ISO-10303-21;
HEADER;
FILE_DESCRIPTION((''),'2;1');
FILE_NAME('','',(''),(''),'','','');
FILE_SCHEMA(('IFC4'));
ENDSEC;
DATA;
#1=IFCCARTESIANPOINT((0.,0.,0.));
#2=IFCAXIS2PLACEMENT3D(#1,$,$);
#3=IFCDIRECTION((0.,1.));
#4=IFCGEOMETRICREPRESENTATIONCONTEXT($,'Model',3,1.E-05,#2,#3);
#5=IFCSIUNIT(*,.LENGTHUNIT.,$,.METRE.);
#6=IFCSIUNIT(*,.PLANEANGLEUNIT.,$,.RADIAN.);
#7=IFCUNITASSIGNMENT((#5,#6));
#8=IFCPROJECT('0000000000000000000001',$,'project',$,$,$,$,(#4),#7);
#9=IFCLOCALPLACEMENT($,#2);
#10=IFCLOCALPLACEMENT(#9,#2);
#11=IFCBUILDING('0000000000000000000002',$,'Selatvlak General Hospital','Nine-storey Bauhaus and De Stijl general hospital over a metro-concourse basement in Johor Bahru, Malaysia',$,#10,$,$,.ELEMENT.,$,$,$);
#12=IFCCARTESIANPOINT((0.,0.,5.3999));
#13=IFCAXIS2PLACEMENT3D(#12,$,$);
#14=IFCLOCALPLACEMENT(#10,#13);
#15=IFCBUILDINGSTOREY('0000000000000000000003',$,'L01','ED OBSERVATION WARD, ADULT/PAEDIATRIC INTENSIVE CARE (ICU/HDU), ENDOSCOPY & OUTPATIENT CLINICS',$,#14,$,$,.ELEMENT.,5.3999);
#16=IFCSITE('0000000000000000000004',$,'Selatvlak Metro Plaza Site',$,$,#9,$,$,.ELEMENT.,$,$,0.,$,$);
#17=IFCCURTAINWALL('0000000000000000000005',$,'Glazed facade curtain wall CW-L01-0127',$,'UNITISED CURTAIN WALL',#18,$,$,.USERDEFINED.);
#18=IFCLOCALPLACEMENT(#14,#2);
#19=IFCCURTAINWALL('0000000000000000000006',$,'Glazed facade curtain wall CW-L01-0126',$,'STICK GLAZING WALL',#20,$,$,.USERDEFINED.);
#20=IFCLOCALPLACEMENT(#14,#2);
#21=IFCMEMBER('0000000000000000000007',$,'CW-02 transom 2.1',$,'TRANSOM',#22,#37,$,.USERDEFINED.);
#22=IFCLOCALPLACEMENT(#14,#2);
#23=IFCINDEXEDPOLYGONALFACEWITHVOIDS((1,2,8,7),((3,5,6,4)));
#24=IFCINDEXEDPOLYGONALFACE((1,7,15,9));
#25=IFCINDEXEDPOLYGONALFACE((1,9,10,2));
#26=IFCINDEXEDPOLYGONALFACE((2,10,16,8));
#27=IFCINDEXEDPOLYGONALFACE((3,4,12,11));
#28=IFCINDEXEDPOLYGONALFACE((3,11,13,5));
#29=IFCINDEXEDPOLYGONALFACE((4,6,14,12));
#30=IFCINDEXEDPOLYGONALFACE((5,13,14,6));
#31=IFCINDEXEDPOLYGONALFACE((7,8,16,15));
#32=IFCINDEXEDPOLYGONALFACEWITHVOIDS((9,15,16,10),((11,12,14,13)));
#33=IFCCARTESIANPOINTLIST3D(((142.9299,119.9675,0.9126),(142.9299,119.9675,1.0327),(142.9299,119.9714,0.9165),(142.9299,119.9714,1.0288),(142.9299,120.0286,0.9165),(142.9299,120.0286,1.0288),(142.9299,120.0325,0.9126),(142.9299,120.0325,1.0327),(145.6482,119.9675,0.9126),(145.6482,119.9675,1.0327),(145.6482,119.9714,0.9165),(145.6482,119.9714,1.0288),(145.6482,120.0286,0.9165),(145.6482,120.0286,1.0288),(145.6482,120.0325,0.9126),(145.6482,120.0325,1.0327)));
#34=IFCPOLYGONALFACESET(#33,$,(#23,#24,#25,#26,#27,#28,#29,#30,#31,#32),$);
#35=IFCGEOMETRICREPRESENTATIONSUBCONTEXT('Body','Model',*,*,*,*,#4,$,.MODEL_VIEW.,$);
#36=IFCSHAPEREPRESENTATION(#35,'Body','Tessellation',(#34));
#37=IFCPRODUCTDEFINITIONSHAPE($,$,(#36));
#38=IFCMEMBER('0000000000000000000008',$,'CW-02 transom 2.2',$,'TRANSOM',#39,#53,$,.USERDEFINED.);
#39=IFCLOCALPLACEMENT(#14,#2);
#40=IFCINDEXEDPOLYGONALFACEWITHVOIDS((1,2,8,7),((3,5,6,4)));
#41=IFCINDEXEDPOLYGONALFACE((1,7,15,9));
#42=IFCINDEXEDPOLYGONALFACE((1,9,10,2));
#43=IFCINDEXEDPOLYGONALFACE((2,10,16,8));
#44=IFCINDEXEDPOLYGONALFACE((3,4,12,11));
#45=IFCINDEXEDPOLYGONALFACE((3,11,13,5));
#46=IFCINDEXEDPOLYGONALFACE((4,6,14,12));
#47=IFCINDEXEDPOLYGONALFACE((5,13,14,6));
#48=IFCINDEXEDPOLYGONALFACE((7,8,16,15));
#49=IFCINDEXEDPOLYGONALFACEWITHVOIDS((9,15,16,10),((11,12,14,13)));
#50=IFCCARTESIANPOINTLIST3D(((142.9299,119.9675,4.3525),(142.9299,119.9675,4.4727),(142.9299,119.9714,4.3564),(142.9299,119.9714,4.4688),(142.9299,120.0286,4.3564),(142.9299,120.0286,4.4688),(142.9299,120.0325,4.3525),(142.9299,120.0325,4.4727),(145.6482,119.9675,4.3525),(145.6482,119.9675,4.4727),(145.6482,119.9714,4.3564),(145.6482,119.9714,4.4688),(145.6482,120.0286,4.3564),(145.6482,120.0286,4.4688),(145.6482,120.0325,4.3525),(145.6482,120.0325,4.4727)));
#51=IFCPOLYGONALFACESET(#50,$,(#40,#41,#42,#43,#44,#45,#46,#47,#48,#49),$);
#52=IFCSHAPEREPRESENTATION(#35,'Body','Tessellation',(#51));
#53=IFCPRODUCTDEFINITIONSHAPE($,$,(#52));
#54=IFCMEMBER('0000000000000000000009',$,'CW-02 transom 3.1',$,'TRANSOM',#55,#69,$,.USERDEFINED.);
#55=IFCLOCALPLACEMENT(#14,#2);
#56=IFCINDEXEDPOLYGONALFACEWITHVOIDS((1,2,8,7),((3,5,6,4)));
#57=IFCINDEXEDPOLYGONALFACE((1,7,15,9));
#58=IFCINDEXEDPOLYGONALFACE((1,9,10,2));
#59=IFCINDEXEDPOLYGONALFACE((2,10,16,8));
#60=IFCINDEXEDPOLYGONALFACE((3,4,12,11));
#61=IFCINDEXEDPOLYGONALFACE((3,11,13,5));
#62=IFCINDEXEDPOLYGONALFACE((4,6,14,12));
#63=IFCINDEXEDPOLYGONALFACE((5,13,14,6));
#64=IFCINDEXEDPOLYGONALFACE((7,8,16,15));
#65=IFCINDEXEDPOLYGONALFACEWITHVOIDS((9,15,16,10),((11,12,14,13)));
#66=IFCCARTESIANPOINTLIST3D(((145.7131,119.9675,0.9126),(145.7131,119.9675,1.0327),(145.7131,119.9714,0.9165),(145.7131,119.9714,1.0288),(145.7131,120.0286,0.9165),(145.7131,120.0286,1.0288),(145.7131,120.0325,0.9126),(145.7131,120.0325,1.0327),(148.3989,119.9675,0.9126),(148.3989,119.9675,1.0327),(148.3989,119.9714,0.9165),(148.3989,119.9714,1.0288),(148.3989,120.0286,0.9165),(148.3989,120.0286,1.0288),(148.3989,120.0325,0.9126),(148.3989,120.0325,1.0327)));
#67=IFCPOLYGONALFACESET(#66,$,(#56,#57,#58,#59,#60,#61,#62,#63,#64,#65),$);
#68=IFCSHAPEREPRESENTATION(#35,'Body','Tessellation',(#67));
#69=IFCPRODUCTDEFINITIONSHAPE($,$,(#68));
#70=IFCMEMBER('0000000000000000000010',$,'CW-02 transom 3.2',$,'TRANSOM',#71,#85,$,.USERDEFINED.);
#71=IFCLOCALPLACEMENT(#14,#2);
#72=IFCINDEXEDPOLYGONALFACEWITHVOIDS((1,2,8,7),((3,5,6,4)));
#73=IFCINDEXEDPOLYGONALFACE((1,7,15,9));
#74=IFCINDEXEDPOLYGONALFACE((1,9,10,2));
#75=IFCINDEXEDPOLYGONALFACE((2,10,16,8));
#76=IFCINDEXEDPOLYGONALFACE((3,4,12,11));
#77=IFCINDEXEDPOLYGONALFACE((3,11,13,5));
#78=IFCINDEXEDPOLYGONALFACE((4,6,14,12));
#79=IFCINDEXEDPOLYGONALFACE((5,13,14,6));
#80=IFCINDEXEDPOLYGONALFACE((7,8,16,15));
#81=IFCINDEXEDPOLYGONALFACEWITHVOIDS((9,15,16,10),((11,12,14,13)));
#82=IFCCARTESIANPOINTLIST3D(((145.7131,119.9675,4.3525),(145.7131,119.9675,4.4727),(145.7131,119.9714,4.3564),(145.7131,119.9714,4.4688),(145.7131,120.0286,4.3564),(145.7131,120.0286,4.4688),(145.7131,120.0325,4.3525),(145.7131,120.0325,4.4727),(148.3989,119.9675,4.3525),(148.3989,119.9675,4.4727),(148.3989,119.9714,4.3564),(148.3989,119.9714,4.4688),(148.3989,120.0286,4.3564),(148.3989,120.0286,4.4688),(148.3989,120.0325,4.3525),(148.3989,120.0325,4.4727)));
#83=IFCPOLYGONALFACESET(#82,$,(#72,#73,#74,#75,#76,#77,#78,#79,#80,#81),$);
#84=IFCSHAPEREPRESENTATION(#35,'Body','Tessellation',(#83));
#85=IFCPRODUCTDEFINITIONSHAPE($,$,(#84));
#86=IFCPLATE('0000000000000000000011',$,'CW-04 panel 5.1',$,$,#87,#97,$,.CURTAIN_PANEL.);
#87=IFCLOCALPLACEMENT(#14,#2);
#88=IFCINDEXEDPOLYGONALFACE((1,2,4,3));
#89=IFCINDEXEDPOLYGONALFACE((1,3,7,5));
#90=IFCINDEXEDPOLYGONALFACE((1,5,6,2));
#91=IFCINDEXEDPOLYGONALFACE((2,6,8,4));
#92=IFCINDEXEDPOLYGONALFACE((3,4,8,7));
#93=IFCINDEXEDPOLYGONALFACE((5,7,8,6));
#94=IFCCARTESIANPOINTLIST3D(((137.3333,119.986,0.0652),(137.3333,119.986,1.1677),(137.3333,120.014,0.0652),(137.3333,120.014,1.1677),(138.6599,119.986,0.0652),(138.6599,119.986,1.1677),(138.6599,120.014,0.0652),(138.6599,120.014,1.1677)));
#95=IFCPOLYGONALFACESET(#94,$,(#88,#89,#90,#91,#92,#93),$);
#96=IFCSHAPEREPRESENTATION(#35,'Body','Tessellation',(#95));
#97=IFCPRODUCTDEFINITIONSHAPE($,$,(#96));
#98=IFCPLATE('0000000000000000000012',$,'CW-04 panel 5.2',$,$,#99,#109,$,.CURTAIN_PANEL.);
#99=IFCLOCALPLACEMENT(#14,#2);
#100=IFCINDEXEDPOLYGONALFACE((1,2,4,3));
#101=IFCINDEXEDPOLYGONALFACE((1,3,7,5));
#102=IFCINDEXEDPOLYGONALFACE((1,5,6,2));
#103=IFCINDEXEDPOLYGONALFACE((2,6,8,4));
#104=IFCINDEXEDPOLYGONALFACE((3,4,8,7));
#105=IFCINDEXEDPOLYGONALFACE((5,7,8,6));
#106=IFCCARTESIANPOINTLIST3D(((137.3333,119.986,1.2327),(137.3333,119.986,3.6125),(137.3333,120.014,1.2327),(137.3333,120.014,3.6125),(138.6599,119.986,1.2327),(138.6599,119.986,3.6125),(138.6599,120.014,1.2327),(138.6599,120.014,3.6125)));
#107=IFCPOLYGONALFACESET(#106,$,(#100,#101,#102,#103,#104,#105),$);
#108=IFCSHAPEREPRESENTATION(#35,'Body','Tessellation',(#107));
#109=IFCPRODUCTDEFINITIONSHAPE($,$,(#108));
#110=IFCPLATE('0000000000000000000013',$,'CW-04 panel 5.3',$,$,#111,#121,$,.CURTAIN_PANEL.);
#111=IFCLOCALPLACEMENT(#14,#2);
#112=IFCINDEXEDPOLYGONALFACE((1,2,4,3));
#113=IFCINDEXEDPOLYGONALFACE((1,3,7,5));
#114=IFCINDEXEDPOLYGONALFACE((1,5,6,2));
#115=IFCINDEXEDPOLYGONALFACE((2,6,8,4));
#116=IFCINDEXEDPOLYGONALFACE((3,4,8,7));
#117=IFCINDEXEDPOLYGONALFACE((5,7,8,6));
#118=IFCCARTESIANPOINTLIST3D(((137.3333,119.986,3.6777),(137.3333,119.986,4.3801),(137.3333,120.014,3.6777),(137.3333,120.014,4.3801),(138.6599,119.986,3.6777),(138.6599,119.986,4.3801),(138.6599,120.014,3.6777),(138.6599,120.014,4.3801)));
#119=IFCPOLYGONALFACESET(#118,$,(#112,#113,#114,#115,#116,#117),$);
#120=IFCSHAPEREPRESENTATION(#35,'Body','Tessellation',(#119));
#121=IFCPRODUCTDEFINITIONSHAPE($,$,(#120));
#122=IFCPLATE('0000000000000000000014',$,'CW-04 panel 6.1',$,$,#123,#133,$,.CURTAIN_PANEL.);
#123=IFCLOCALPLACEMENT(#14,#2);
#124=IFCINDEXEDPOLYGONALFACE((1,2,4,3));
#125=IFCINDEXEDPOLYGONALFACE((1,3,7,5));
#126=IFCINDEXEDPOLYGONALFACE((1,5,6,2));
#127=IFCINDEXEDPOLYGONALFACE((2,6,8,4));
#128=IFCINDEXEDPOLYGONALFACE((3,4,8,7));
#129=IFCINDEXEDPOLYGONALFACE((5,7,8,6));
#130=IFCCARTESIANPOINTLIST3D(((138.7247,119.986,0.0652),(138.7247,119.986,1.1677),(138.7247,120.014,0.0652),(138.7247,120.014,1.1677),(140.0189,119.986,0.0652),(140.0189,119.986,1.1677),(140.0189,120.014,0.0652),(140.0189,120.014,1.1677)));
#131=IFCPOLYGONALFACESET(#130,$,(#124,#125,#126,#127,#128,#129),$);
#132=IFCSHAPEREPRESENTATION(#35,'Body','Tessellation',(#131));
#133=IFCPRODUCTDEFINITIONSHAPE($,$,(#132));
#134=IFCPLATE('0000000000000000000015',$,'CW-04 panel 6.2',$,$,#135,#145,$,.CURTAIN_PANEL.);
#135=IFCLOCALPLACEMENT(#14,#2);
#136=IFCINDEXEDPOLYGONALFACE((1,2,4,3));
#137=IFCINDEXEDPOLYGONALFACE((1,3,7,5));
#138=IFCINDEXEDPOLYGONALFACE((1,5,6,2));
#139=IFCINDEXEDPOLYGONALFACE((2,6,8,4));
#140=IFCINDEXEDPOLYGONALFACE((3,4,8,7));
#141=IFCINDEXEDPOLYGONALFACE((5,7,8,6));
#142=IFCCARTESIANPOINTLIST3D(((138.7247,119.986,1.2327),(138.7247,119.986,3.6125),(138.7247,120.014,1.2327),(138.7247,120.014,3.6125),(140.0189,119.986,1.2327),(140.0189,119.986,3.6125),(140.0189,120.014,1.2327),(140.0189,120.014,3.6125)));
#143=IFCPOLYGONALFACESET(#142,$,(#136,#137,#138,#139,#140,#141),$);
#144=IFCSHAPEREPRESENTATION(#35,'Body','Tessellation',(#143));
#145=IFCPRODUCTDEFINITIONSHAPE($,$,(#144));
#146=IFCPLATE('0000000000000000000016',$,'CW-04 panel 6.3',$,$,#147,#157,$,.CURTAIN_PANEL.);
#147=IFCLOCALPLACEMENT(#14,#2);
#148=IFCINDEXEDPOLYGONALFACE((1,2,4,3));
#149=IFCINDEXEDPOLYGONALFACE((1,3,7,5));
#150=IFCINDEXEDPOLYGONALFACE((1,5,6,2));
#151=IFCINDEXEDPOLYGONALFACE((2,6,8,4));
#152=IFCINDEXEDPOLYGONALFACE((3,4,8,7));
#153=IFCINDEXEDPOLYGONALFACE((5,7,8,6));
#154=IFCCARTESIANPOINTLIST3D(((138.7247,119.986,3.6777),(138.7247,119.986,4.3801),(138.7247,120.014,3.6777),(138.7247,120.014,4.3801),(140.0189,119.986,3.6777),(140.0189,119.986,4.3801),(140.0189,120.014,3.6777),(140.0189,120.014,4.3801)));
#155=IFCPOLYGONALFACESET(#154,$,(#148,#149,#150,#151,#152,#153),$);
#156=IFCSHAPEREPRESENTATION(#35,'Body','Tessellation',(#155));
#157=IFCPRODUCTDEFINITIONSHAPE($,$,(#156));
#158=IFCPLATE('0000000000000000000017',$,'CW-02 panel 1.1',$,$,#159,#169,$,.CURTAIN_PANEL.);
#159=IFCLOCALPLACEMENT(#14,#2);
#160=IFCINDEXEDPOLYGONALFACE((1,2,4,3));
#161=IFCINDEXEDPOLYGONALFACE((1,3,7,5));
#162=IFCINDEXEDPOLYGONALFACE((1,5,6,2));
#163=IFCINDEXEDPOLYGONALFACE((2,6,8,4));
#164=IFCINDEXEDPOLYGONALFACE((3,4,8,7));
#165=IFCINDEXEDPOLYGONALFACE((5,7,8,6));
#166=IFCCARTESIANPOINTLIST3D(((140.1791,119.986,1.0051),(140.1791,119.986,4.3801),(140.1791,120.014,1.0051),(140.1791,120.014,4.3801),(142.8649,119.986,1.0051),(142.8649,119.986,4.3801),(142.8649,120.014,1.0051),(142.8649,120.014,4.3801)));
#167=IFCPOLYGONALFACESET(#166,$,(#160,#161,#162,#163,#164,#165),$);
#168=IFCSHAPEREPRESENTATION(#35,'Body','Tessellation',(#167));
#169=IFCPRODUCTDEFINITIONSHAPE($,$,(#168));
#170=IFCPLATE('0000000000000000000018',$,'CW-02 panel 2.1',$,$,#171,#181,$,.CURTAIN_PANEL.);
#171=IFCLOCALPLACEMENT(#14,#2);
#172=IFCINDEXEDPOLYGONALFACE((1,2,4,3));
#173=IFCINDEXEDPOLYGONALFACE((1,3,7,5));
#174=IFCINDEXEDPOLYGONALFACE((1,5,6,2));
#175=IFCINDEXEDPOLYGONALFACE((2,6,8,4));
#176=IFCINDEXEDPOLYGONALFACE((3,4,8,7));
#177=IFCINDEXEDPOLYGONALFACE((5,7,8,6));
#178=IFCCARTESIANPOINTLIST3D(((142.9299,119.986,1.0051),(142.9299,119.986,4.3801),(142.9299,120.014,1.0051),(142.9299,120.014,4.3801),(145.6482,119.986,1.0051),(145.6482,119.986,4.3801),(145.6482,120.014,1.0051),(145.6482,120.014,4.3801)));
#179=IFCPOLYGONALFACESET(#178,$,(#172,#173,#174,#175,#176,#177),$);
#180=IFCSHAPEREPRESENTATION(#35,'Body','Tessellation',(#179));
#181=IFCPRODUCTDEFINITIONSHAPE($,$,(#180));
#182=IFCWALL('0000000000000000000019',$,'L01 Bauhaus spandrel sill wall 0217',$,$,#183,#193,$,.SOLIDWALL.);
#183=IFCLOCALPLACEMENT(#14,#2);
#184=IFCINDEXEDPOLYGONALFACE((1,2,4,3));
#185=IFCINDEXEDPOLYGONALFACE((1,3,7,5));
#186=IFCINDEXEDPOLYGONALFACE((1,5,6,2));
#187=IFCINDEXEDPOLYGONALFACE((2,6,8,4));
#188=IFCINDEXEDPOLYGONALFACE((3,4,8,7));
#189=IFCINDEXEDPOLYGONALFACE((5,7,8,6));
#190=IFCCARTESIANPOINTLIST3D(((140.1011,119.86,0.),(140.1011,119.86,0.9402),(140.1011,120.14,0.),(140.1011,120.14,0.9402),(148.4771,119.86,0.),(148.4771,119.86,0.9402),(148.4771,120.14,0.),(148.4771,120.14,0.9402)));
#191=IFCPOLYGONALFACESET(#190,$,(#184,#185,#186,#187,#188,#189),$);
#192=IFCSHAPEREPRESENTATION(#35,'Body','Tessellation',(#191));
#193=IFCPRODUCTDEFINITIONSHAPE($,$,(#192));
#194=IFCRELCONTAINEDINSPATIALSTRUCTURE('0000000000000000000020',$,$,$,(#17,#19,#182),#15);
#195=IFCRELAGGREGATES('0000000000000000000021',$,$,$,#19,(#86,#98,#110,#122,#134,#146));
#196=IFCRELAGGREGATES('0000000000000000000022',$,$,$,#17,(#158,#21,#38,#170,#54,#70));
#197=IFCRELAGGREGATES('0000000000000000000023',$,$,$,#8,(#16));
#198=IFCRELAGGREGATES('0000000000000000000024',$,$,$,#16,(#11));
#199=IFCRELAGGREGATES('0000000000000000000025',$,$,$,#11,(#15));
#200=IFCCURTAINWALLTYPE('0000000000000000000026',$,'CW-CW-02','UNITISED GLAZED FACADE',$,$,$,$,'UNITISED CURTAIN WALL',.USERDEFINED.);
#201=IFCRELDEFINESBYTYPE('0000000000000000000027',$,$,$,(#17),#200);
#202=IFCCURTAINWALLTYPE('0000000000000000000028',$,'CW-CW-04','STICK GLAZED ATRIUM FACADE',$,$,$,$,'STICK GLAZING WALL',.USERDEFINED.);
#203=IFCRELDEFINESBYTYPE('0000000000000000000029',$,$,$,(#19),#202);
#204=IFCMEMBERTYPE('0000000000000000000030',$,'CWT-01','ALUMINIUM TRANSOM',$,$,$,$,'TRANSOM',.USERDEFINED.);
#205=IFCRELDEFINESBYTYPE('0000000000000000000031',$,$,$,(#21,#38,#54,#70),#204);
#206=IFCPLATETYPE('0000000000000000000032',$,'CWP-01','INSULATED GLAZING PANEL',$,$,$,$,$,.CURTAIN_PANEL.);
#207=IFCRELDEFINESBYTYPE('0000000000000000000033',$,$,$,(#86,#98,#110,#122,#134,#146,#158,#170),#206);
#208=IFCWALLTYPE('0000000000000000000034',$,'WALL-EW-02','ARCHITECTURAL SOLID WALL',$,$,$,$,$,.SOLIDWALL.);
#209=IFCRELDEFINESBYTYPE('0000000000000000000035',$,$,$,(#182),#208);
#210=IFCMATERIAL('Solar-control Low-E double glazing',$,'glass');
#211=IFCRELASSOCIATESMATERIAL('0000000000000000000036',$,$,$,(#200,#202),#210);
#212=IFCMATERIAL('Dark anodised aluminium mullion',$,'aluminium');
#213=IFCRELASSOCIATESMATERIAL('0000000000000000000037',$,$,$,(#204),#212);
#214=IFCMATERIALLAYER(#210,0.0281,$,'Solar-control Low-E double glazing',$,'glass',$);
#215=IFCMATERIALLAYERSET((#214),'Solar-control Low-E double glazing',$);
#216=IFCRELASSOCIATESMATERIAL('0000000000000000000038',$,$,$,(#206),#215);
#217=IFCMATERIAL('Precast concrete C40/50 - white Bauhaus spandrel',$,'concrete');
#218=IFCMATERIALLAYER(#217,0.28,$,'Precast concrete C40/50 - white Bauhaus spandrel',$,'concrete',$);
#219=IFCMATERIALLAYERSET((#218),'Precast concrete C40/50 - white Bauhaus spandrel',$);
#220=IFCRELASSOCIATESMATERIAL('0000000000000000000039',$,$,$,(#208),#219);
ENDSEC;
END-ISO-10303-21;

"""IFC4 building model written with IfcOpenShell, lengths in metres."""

from ifc_helpers import new_model, si_unit, direction, frame, frame_2d, origin, origin_2d, place, context, subcontext, project, spatial, rectangle, hollow_rectangle, extrude, material, layer, layer_set, material_profile, profile_set, type_object, element, aggregate, save


model = new_model("IFC4")

# Units and contexts
model_context = context("Model", 3, precision=1e-05, world=origin(), true_north=direction((0.0, 1.0)))
body_context = subcontext(model_context, "Body", "Model", "MODEL_VIEW")
ifc_project = project(units=[si_unit("LENGTHUNIT", "METRE"), si_unit("PLANEANGLEUNIT", "RADIAN")], contexts=[model_context])

# Site, building, storey
site_placement = place(None, origin())
site = spatial("IfcSite", under=ifc_project, at=site_placement, Name="Selatvlak Metro Plaza Site", CompositionType="ELEMENT", RefElevation=0.0)
building_placement = place(site_placement, origin())
building = spatial("IfcBuilding", under=site, at=building_placement, Name="Selatvlak General Hospital", Description="Nine-storey Bauhaus and De Stijl general hospital over a metro-concourse basement in Johor Bahru, Malaysia", CompositionType="ELEMENT")
storey_placement = place(building_placement, frame((0.0, 0.0, 5.3999)))
storey = spatial("IfcBuildingStorey", under=building, at=storey_placement, Name="L01", Description="ED OBSERVATION WARD, ADULT/PAEDIATRIC INTENSIVE CARE (ICU/HDU), ENDOSCOPY & OUTPATIENT CLINICS", CompositionType="ELEMENT", Elevation=5.3999)

# Curtain walls
ifc_material_1 = material(Name="Solar-control Low-E double glazing", Category="glass")
curtain_wall_type_1 = type_object("IfcCurtainWallType", Name="CW-CW-02", Description="UNITISED GLAZED FACADE", ElementType="UNITISED CURTAIN WALL", PredefinedType="USERDEFINED", material=ifc_material_1)
curtain_wall_1_placement = place(storey_placement, origin())
curtain_wall_1 = element("IfcCurtainWall", 1, at=curtain_wall_1_placement, inside=storey, type_object=curtain_wall_type_1, Name="Glazed facade curtain wall CW-L01-0127", ObjectType="UNITISED CURTAIN WALL", PredefinedType="USERDEFINED")
ifc_material_2 = material(Name="Dark anodised aluminium mullion", Category="aluminium")
curtain_wall_type_2 = type_object("IfcCurtainWallType", Name="CW-CW-04", Description="STICK GLAZED ATRIUM FACADE", ElementType="STICK GLAZING WALL", PredefinedType="USERDEFINED", material=ifc_material_1)
curtain_wall_2_placement = place(storey_placement, origin())
curtain_wall_2 = element("IfcCurtainWall", 2, at=curtain_wall_2_placement, inside=storey, type_object=curtain_wall_type_2, Name="Glazed facade curtain wall CW-L01-0126", ObjectType="STICK GLAZING WALL", PredefinedType="USERDEFINED")
ifc_material_profile_1 = material_profile(ifc_material_2, hollow_rectangle(XDim=0.0649, YDim=0.1201, WallThickness=0.0039, at=origin_2d()), Name="AL-TRN 65x120x4")
ifc_profile_set_1 = profile_set([ifc_material_profile_1], Name="Dark anodised aluminium mullion")
member_type_1 = type_object("IfcMemberType", Name="CWT-01", Description="ALUMINIUM TRANSOM", ElementType="TRANSOM", PredefinedType="USERDEFINED", material=ifc_profile_set_1)

# Members
member_1_placement = place(storey_placement, frame((142.9299, 120.0, 0.9727), z_axis=(1.0, 0.0, 0.0), x_axis=(0.0, 1.0, 0.0)))
member_1 = element("IfcMember", 3, at=member_1_placement, type_object=member_type_1, Name="CW-02 transom 2.1", ObjectType="TRANSOM", PredefinedType="USERDEFINED", context=body_context, shape_type="SweptSolid", body=[
    extrude(hollow_rectangle(XDim=0.0649, YDim=0.1201, WallThickness=0.0039, at=origin_2d()), origin(), (0.0, 0.0, 1.0), 2.7183),
])
member_2_placement = place(storey_placement, frame((142.9299, 120.0, 4.4126), z_axis=(1.0, 0.0, 0.0), x_axis=(0.0, 1.0, 0.0)))
member_2 = element("IfcMember", 4, at=member_2_placement, type_object=member_type_1, Name="CW-02 transom 2.2", ObjectType="TRANSOM", PredefinedType="USERDEFINED", context=body_context, shape_type="SweptSolid", body=[
    extrude(hollow_rectangle(XDim=0.0649, YDim=0.1201, WallThickness=0.0039, at=origin_2d()), origin(), (0.0, 0.0, 1.0), 2.7183),
])
member_3_placement = place(storey_placement, frame((145.7131, 120.0, 0.9727), z_axis=(1.0, 0.0, 0.0), x_axis=(0.0, 1.0, 0.0)))
member_3 = element("IfcMember", 5, at=member_3_placement, type_object=member_type_1, Name="CW-02 transom 3.1", ObjectType="TRANSOM", PredefinedType="USERDEFINED", context=body_context, shape_type="SweptSolid", body=[
    extrude(hollow_rectangle(XDim=0.0649, YDim=0.1201, WallThickness=0.0039, at=origin_2d()), origin(), (0.0, 0.0, 1.0), 2.6858),
])
member_4_placement = place(storey_placement, frame((145.7131, 120.0, 4.4126), z_axis=(1.0, 0.0, 0.0), x_axis=(0.0, 1.0, 0.0)))
member_4 = element("IfcMember", 6, at=member_4_placement, type_object=member_type_1, Name="CW-02 transom 3.2", ObjectType="TRANSOM", PredefinedType="USERDEFINED", context=body_context, shape_type="SweptSolid", body=[
    extrude(hollow_rectangle(XDim=0.0649, YDim=0.1201, WallThickness=0.0039, at=origin_2d()), origin(), (0.0, 0.0, 1.0), 2.6858),
])

# Plates
ifc_layer_1 = layer(ifc_material_1, 0.0281, Name="Solar-control Low-E double glazing", Category="glass")
ifc_layer_set_1 = layer_set([ifc_layer_1], Name="Solar-control Low-E double glazing")
plate_type = type_object("IfcPlateType", Name="CWP-01", Description="INSULATED GLAZING PANEL", PredefinedType="CURTAIN_PANEL", material=ifc_layer_set_1)
plate_1_placement = place(storey_placement, frame((137.9966, 120.0, 0.0652), z_axis=(0.0, 0.0, 1.0), x_axis=(1.0, 0.0, 0.0)))
plate_1 = element("IfcPlate", 7, at=plate_1_placement, type_object=plate_type, Name="CW-04 panel 5.1", PredefinedType="CURTAIN_PANEL", context=body_context, shape_type="SweptSolid", body=[
    extrude(rectangle(XDim=1.3267, YDim=0.0281, at=origin_2d()), origin(), (0.0, 0.0, 1.0), 1.1025),
])
plate_2_placement = place(storey_placement, frame((137.9966, 120.0, 1.2327), z_axis=(0.0, 0.0, 1.0), x_axis=(1.0, 0.0, 0.0)))
plate_2 = element("IfcPlate", 8, at=plate_2_placement, type_object=plate_type, Name="CW-04 panel 5.2", PredefinedType="CURTAIN_PANEL", context=body_context, shape_type="SweptSolid", body=[
    extrude(rectangle(XDim=1.3267, YDim=0.0281, at=origin_2d()), origin(), (0.0, 0.0, 1.0), 2.3799),
])
plate_3_placement = place(storey_placement, frame((137.9966, 120.0, 3.6777), z_axis=(0.0, 0.0, 1.0), x_axis=(1.0, 0.0, 0.0)))
plate_3 = element("IfcPlate", 9, at=plate_3_placement, type_object=plate_type, Name="CW-04 panel 5.3", PredefinedType="CURTAIN_PANEL", context=body_context, shape_type="SweptSolid", body=[
    extrude(rectangle(XDim=1.3267, YDim=0.0281, at=origin_2d()), origin(), (0.0, 0.0, 1.0), 0.7024),
])
plate_4_placement = place(storey_placement, frame((139.3718, 120.0, 0.0652), z_axis=(0.0, 0.0, 1.0), x_axis=(1.0, 0.0, 0.0)))
plate_4 = element("IfcPlate", 10, at=plate_4_placement, type_object=plate_type, Name="CW-04 panel 6.1", PredefinedType="CURTAIN_PANEL", context=body_context, shape_type="SweptSolid", body=[
    extrude(rectangle(XDim=1.2942, YDim=0.0281, at=origin_2d()), origin(), (0.0, 0.0, 1.0), 1.1025),
])
plate_5_placement = place(storey_placement, frame((139.3718, 120.0, 1.2327), z_axis=(0.0, 0.0, 1.0), x_axis=(1.0, 0.0, 0.0)))
plate_5 = element("IfcPlate", 11, at=plate_5_placement, type_object=plate_type, Name="CW-04 panel 6.2", PredefinedType="CURTAIN_PANEL", context=body_context, shape_type="SweptSolid", body=[
    extrude(rectangle(XDim=1.2942, YDim=0.0281, at=origin_2d()), origin(), (0.0, 0.0, 1.0), 2.3799),
])
plate_6_placement = place(storey_placement, frame((139.3718, 120.0, 3.6777), z_axis=(0.0, 0.0, 1.0), x_axis=(1.0, 0.0, 0.0)))
plate_6 = element("IfcPlate", 12, at=plate_6_placement, type_object=plate_type, Name="CW-04 panel 6.3", PredefinedType="CURTAIN_PANEL", context=body_context, shape_type="SweptSolid", body=[
    extrude(rectangle(XDim=1.2942, YDim=0.0281, at=origin_2d()), origin(), (0.0, 0.0, 1.0), 0.7024),
])
aggregate(curtain_wall_2, [plate_1, plate_2, plate_3, plate_4, plate_5, plate_6])
plate_7_placement = place(storey_placement, frame((141.522, 120.0, 1.0051), z_axis=(0.0, 0.0, 1.0), x_axis=(1.0, 0.0, 0.0)))
plate_7 = element("IfcPlate", 13, at=plate_7_placement, type_object=plate_type, Name="CW-02 panel 1.1", PredefinedType="CURTAIN_PANEL", context=body_context, shape_type="SweptSolid", body=[
    extrude(rectangle(XDim=2.6858, YDim=0.0281, at=origin_2d()), origin(), (0.0, 0.0, 1.0), 3.375),
])
plate_8_placement = place(storey_placement, frame((144.2891, 120.0, 1.0051), z_axis=(0.0, 0.0, 1.0), x_axis=(1.0, 0.0, 0.0)))
plate_8 = element("IfcPlate", 14, at=plate_8_placement, type_object=plate_type, Name="CW-02 panel 2.1", PredefinedType="CURTAIN_PANEL", context=body_context, shape_type="SweptSolid", body=[
    extrude(rectangle(XDim=2.7183, YDim=0.0281, at=origin_2d()), origin(), (0.0, 0.0, 1.0), 3.375),
])
aggregate(curtain_wall_1, [plate_7, member_1, member_2, plate_8, member_3, member_4])

# Wall
ifc_material_3 = material(Name="Precast concrete C40/50 - white Bauhaus spandrel", Category="concrete")
ifc_layer_2 = layer(ifc_material_3, 0.28, Name="Precast concrete C40/50 - white Bauhaus spandrel", Category="concrete")
ifc_layer_set_2 = layer_set([ifc_layer_2], Name="Precast concrete C40/50 - white Bauhaus spandrel")
wall_type = type_object("IfcWallType", Name="WALL-EW-02", Description="ARCHITECTURAL SOLID WALL", PredefinedType="SOLIDWALL", material=ifc_layer_set_2)
wall_placement = place(storey_placement, frame((140.1011, 120.0, 0.0), z_axis=(0.0, 0.0, 1.0), x_axis=(1.0, 0.0, 0.0)))
element("IfcWall", 15, at=wall_placement, inside=storey, type_object=wall_type, Name="L01 Bauhaus spandrel sill wall 0217", PredefinedType="SOLIDWALL", context=body_context, shape_type="SweptSolid", body=[
    extrude(rectangle(XDim=8.376, YDim=0.28, at=frame_2d((4.188, 0.0))), origin(), (0.0, 0.0, 1.0), 0.9402),
])

save(model, "model.ifc")
